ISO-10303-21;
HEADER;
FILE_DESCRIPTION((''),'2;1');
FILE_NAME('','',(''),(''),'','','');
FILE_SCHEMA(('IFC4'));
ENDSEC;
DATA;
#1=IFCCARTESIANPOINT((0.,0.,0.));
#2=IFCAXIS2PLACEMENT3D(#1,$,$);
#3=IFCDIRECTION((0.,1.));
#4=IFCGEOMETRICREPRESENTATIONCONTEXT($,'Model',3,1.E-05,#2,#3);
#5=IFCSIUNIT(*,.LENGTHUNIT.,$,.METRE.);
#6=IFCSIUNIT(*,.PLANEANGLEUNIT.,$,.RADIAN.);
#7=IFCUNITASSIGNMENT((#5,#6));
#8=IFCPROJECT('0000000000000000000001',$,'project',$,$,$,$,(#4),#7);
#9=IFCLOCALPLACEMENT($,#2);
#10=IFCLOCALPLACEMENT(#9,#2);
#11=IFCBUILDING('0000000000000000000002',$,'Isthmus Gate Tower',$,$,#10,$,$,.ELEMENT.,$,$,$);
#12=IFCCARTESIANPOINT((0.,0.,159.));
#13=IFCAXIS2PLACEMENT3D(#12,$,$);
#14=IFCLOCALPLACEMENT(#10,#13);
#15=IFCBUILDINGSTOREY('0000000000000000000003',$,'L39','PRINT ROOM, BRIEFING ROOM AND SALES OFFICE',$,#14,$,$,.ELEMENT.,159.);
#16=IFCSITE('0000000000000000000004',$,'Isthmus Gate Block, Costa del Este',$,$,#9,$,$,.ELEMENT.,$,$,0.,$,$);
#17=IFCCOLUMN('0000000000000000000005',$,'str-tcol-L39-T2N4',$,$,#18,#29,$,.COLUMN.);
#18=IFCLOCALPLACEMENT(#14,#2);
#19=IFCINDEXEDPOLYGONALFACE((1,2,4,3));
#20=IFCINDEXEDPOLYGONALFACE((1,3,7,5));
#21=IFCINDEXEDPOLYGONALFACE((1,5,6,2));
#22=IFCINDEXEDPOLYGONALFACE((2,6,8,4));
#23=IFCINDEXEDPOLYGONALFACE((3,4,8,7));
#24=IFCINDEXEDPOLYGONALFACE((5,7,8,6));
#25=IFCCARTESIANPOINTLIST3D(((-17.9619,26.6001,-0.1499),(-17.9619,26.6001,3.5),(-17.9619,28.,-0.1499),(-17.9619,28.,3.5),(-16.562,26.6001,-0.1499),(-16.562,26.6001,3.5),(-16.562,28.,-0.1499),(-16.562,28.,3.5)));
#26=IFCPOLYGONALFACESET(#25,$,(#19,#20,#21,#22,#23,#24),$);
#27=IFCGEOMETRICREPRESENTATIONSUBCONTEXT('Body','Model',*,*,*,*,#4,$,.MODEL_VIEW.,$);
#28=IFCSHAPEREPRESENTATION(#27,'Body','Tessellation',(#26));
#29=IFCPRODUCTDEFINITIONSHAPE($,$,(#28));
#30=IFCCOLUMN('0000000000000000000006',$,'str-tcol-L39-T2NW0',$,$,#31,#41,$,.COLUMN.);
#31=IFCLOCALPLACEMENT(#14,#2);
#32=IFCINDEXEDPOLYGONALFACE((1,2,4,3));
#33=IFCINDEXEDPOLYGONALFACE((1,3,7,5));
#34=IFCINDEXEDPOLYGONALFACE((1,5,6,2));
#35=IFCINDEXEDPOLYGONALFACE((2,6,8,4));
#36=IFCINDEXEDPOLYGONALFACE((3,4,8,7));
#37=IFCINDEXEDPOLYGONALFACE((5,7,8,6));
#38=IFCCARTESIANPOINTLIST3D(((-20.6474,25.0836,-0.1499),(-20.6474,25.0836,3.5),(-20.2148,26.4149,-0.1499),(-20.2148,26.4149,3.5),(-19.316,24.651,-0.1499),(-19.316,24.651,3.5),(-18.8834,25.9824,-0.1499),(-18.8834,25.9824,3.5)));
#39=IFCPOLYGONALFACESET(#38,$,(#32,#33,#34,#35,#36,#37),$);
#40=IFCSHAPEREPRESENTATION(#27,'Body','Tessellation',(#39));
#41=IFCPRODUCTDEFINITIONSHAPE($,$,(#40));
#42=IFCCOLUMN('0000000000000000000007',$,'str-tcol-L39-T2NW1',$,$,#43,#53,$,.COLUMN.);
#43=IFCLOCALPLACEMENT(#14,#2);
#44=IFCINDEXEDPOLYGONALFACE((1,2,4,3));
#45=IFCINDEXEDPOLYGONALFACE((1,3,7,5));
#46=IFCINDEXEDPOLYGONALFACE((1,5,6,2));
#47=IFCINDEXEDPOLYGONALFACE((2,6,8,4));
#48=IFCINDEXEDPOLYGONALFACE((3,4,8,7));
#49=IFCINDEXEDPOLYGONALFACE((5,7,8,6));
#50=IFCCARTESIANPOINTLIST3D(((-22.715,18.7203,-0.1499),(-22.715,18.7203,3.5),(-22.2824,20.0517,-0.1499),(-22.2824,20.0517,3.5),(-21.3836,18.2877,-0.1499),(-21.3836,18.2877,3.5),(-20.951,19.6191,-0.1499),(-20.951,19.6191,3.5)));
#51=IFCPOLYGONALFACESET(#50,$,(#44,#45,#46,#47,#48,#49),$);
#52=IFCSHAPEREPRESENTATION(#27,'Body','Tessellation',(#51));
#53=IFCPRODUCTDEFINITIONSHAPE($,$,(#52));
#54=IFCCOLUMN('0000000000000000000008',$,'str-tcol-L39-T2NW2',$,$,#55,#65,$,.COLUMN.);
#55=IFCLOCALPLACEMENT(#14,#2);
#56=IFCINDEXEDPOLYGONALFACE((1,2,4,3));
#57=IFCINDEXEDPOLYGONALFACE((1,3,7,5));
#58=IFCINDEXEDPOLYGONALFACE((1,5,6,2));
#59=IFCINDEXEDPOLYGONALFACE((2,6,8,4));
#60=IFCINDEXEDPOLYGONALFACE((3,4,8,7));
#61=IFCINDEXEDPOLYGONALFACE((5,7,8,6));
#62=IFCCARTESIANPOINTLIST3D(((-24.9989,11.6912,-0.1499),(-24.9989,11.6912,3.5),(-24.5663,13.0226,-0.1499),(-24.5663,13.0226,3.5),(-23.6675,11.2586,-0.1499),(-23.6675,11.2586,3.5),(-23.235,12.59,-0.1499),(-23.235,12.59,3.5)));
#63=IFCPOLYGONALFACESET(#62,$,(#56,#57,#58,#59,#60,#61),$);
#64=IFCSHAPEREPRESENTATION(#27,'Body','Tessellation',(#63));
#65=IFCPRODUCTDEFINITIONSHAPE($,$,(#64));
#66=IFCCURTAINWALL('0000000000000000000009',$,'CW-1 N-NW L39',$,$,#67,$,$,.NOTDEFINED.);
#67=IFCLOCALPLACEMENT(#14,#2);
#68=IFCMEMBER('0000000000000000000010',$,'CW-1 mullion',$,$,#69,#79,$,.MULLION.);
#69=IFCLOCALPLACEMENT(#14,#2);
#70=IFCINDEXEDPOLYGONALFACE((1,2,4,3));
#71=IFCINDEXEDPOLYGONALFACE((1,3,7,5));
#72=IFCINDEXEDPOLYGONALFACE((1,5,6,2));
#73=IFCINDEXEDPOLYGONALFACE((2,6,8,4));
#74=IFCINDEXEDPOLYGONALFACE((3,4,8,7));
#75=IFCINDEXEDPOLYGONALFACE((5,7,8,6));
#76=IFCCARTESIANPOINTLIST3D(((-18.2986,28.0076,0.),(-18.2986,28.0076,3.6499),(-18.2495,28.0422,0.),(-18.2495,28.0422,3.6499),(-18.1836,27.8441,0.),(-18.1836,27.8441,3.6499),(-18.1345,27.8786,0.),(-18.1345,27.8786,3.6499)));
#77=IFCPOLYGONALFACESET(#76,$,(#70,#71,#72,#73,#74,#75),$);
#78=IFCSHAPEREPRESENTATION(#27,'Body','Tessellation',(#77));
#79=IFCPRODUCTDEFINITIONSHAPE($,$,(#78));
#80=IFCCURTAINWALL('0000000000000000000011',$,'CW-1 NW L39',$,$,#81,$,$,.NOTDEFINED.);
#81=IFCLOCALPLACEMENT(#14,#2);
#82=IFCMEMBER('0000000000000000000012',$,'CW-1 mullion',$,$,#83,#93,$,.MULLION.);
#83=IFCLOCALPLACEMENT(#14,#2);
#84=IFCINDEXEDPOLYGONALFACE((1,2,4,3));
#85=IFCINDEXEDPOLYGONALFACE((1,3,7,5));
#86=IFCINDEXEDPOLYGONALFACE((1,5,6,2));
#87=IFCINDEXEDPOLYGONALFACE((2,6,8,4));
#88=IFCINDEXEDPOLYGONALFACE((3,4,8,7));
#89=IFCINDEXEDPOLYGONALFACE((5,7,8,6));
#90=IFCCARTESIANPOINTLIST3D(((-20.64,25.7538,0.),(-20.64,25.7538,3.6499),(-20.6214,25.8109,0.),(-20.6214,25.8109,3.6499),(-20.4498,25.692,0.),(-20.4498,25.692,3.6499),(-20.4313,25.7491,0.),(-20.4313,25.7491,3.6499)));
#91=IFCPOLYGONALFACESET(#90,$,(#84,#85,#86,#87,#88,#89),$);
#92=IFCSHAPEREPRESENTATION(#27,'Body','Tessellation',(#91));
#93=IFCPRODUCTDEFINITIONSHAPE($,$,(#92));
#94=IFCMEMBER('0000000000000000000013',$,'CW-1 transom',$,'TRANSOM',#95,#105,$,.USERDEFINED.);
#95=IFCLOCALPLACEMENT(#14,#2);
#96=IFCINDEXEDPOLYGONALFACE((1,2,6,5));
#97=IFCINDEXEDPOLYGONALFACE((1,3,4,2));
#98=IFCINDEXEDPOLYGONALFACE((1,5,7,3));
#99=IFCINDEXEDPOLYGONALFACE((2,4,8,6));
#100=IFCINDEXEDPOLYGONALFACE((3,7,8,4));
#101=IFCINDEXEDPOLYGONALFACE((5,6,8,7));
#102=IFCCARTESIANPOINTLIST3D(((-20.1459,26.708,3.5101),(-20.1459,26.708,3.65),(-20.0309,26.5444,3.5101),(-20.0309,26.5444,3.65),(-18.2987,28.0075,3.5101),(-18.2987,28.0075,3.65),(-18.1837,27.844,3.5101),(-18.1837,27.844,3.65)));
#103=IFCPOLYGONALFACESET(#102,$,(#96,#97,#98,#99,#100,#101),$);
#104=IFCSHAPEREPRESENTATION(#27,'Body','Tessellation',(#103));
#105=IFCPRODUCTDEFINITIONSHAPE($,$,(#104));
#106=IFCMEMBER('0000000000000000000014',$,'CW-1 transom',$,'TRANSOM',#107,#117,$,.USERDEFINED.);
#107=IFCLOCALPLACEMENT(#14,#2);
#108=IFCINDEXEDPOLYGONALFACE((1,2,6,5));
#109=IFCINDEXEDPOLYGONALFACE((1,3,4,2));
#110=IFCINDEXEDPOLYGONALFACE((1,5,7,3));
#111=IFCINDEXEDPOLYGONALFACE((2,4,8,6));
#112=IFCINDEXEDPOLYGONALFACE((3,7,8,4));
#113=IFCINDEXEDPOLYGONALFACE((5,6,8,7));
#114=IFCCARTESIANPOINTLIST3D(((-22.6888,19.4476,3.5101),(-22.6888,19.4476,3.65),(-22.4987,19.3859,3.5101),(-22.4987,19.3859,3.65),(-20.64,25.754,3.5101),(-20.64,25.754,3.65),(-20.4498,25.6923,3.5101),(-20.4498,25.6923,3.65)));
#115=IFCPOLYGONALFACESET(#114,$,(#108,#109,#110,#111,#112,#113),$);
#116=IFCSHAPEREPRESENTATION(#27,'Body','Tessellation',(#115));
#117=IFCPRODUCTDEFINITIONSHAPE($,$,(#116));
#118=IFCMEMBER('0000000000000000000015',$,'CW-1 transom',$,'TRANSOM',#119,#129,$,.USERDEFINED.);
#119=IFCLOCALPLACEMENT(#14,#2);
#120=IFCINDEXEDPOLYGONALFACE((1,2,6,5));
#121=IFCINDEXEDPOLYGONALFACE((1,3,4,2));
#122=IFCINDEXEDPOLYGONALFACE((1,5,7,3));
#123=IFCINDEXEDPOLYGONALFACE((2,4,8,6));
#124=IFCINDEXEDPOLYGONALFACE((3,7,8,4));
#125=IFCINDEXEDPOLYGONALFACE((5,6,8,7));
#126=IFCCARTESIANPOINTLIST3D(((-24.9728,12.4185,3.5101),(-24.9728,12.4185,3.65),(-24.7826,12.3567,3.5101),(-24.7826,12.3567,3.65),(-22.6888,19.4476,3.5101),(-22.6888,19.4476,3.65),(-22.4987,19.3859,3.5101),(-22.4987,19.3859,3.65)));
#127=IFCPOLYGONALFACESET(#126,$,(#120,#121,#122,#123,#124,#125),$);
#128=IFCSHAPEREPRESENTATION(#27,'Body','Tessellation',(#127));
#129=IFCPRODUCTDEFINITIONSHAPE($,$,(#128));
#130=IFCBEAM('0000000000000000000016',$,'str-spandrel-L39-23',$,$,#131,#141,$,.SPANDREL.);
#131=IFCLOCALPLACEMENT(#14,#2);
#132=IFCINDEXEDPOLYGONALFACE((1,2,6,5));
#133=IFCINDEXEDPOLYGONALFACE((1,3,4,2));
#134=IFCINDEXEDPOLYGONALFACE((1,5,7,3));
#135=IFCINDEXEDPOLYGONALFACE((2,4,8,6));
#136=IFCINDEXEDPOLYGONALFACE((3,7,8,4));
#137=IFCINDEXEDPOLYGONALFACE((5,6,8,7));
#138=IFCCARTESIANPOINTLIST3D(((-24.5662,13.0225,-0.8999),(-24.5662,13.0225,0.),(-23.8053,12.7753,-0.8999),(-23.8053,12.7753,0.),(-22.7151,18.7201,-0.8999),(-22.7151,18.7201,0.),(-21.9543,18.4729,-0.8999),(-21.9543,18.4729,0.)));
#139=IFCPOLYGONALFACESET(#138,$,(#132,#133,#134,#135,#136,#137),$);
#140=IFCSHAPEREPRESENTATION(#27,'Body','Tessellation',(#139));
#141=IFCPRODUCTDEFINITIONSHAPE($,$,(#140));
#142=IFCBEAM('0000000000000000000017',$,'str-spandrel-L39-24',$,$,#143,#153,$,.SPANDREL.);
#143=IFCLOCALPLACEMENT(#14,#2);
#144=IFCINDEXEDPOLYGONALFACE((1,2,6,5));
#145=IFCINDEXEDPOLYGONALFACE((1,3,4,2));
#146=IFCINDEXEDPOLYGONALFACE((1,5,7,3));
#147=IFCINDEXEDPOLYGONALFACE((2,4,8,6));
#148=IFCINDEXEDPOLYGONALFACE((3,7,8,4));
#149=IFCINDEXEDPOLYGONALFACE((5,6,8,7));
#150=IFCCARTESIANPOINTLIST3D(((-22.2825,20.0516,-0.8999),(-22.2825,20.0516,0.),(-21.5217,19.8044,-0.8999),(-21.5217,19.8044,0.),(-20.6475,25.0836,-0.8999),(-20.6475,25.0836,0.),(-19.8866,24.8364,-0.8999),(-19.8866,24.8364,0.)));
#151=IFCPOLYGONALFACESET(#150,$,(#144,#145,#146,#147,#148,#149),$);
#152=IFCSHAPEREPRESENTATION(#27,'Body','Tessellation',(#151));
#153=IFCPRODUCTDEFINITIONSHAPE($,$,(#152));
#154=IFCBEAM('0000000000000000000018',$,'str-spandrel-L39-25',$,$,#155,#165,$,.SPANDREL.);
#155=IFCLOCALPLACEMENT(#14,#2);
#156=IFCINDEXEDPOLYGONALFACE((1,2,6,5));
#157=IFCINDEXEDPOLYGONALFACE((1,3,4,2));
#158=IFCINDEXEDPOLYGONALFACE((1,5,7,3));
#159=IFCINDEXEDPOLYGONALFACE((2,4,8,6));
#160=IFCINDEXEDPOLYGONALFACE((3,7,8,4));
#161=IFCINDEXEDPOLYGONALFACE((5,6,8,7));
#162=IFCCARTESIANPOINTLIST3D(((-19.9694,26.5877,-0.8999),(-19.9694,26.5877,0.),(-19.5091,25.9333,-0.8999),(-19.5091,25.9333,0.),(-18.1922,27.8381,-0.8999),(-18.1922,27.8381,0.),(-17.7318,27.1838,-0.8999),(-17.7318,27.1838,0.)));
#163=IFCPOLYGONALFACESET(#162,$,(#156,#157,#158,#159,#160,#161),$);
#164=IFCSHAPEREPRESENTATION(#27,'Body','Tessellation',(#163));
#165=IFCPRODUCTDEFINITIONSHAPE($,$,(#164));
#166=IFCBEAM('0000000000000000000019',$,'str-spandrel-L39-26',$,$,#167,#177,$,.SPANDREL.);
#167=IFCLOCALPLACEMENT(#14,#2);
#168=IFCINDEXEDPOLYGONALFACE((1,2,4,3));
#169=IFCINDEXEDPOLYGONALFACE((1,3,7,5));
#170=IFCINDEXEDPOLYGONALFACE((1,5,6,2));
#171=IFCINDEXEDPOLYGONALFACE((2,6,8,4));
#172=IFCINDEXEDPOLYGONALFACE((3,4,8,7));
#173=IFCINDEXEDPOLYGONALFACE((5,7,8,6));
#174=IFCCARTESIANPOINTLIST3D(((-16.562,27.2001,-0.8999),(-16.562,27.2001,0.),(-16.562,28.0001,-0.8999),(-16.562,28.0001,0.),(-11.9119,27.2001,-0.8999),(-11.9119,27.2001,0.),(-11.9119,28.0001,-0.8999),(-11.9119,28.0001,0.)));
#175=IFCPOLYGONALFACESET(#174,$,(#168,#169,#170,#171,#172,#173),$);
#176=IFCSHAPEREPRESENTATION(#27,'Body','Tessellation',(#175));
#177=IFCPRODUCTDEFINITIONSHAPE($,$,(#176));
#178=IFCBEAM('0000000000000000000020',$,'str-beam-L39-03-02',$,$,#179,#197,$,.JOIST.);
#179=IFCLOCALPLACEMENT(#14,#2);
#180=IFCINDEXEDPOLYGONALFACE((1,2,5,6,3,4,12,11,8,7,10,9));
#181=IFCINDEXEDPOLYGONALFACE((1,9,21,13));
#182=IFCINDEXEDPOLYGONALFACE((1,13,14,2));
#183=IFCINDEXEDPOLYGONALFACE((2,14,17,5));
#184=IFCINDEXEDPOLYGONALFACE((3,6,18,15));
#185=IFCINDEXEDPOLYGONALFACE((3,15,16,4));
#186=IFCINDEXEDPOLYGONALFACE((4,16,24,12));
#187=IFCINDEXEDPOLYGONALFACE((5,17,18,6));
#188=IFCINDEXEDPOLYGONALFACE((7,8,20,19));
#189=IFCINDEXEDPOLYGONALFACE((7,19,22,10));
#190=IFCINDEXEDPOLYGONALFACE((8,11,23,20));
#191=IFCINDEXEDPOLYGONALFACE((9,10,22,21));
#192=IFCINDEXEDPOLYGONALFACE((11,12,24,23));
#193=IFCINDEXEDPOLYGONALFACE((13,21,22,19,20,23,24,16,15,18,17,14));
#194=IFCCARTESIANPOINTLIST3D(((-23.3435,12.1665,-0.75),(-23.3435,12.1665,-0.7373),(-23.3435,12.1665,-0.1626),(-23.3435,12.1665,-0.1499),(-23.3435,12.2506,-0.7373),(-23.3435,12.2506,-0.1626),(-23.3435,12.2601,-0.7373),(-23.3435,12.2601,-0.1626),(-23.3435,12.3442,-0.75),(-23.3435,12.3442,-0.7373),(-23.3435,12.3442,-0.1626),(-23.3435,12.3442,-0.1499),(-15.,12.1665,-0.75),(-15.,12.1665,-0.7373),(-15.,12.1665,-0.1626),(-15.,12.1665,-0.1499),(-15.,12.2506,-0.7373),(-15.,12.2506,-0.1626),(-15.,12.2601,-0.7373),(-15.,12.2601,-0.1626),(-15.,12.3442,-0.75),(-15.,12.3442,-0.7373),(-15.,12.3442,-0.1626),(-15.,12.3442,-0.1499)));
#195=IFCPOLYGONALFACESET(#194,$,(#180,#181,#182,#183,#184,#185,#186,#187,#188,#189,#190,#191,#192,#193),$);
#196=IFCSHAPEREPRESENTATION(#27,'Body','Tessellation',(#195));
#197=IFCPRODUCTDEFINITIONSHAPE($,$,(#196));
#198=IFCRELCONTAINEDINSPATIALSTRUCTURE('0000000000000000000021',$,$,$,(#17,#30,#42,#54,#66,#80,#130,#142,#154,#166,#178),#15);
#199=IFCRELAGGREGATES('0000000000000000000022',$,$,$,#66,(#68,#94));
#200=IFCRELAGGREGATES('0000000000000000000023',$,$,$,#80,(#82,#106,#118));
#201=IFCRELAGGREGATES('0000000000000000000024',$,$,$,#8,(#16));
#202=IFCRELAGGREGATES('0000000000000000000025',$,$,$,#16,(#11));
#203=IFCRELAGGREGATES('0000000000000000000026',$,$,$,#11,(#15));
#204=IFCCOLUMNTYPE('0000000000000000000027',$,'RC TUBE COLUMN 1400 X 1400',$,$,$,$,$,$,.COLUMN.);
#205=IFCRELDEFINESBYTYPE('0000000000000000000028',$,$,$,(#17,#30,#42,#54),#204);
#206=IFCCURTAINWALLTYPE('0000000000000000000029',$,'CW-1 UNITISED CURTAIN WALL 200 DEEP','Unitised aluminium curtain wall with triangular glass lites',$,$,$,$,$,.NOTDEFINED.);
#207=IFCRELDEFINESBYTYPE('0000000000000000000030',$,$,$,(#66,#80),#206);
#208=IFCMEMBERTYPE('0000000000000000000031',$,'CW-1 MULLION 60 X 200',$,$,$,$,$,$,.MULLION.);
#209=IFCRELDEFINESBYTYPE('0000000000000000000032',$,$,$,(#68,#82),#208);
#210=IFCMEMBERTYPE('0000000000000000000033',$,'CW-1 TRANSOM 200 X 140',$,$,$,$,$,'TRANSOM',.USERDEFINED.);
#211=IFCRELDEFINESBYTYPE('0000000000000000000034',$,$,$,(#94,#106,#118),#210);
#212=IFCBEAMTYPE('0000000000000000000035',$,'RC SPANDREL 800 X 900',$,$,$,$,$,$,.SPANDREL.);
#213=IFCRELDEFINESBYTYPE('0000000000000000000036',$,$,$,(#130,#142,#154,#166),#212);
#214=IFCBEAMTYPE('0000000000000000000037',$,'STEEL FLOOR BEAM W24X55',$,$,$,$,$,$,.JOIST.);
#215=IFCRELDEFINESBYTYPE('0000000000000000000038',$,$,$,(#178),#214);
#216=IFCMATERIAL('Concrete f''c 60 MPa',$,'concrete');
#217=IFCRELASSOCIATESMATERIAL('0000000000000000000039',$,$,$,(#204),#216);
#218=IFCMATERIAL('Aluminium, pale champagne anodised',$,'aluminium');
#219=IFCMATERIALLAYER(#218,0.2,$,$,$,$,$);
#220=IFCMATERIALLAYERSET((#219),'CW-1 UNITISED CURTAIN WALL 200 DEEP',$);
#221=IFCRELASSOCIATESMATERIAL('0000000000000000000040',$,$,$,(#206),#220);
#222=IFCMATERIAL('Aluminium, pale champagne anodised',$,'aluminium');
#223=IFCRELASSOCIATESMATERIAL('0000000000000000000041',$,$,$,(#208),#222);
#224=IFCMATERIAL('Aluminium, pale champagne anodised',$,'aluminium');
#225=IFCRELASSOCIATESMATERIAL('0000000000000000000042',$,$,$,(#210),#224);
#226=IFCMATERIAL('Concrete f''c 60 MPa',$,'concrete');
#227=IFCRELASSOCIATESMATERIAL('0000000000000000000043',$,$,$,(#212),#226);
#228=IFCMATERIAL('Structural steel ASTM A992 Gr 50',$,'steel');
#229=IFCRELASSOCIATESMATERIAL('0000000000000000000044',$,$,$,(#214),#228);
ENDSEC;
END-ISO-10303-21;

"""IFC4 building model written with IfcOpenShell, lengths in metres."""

from ifc_helpers import new_model, si_unit, direction, frame, origin, origin_2d, place, context, subcontext, project, spatial, rectangle, i_section, extrude, material, layer, layer_set, material_profile, profile_set, type_object, element, aggregate, save


model = new_model("IFC4")

# Units and contexts
model_context = context("Model", 3, precision=1e-05, world=origin(), true_north=direction((0.0, 1.0)))
body_context = subcontext(model_context, "Body", "Model", "MODEL_VIEW")
ifc_project = project(units=[si_unit("LENGTHUNIT", "METRE"), si_unit("PLANEANGLEUNIT", "RADIAN")], contexts=[model_context])

# Site, building, storey
site_placement = place(None, origin())
site = spatial("IfcSite", under=ifc_project, at=site_placement, Name="Isthmus Gate Block, Costa del Este", CompositionType="ELEMENT", RefElevation=0.0)
building_placement = place(site_placement, origin())
building = spatial("IfcBuilding", under=site, at=building_placement, Name="Isthmus Gate Tower", CompositionType="ELEMENT")
storey_placement = place(building_placement, frame((0.0, 0.0, 159.0)))
storey = spatial("IfcBuildingStorey", under=building, at=storey_placement, Name="L39", Description="PRINT ROOM, BRIEFING ROOM AND SALES OFFICE", CompositionType="ELEMENT", Elevation=159.0)

# Columns
ifc_material_1 = material(Name="Concrete f'c 60 MPa", Category="concrete")
ifc_material_profile_1 = material_profile(ifc_material_1, rectangle(XDim=1.3999, YDim=1.3999, at=origin_2d()), Name="RC 1400X1400")
ifc_profile_set_1 = profile_set([ifc_material_profile_1], Name="Concrete f'c 60 MPa")
column_type = type_object("IfcColumnType", Name="RC TUBE COLUMN 1400 X 1400", PredefinedType="COLUMN", material=ifc_profile_set_1)
for number, where, z_axis, x_axis, name in (
    (1, (-17.262, 27.3, -0.1499), (0.0, 0.0, 1.0), (-1.0, 0.0, 0.0), "str-tcol-L39-T2N4"),
    (2, (-19.7654, 25.533, -0.1499), (0.0, 0.0, 1.0), (-0.309017, -0.951057, 0.0), "str-tcol-L39-T2NW0"),
    (3, (-21.833, 19.1697, -0.1499), (0.0, 0.0, 1.0), (-0.309017, -0.951057, 0.0), "str-tcol-L39-T2NW1"),
    (4, (-24.1169, 12.1406, -0.1499), (0.0, 0.0, 1.0), (-0.309017, -0.951057, 0.0), "str-tcol-L39-T2NW2"),
):
    element("IfcColumn", number, at=place(storey_placement, frame(where, z_axis=z_axis, x_axis=x_axis)), inside=storey, type_object=column_type, Name=name, PredefinedType="COLUMN", context=body_context, shape_type="SweptSolid", body=[
        extrude(rectangle(XDim=1.3999, YDim=1.3999, at=origin_2d()), origin(), (0.0, 0.0, 1.0), 3.6499),
    ])

# Curtain walls, members
ifc_material_2 = material(Name="Aluminium, pale champagne anodised", Category="aluminium")
ifc_layer_1 = layer(ifc_material_2, 0.2)
ifc_layer_set_1 = layer_set([ifc_layer_1], Name="CW-1 UNITISED CURTAIN WALL 200 DEEP")
curtain_wall_type = type_object("IfcCurtainWallType", Name="CW-1 UNITISED CURTAIN WALL 200 DEEP", Description="Unitised aluminium curtain wall with triangular glass lites", PredefinedType="NOTDEFINED", material=ifc_layer_set_1)
curtain_wall_1_placement = place(storey_placement, origin())
curtain_wall_1 = element("IfcCurtainWall", 5, at=curtain_wall_1_placement, inside=storey, type_object=curtain_wall_type, Name="CW-1 N-NW L39", PredefinedType="NOTDEFINED")
ifc_material_3 = material(Name="Aluminium, pale champagne anodised", Category="aluminium")
ifc_material_profile_2 = material_profile(ifc_material_3, rectangle(XDim=0.0601, YDim=0.2, at=origin_2d()), Name="60x200")
ifc_profile_set_2 = profile_set([ifc_material_profile_2], Name="Aluminium, pale champagne anodised")
member_type_1 = type_object("IfcMemberType", Name="CW-1 MULLION 60 X 200", PredefinedType="MULLION", material=ifc_profile_set_2)
member_1_placement = place(storey_placement, frame((-18.2166, 27.9431, 0.0), z_axis=(0.0, 0.0, 1.0), x_axis=(-0.81786, -0.575418, 0.0)))
member_1 = element("IfcMember", 6, at=member_1_placement, type_object=member_type_1, Name="CW-1 mullion", PredefinedType="MULLION", context=body_context, shape_type="SweptSolid", body=[
    extrude(rectangle(XDim=0.0601, YDim=0.2, at=origin_2d()), origin(), (0.0, 0.0, 1.0), 3.6499),
])
curtain_wall_2_placement = place(storey_placement, origin())
curtain_wall_2 = element("IfcCurtainWall", 7, at=curtain_wall_2_placement, inside=storey, type_object=curtain_wall_type, Name="CW-1 NW L39", PredefinedType="NOTDEFINED")
member_2_placement = place(storey_placement, frame((-20.5356, 25.7515, 0.0), z_axis=(0.0, 0.0, 1.0), x_axis=(-0.309017, -0.951057, 0.0)))
member_2 = element("IfcMember", 8, at=member_2_placement, type_object=member_type_1, Name="CW-1 mullion", PredefinedType="MULLION", context=body_context, shape_type="SweptSolid", body=[
    extrude(rectangle(XDim=0.0601, YDim=0.2, at=origin_2d()), origin(), (0.0, 0.0, 1.0), 3.6499),
])

# Members
ifc_material_4 = material(Name="Aluminium, pale champagne anodised", Category="aluminium")
ifc_material_profile_3 = material_profile(ifc_material_4, rectangle(XDim=0.2, YDim=0.1399, at=origin_2d()), Name="200x140")
ifc_profile_set_3 = profile_set([ifc_material_profile_3], Name="Aluminium, pale champagne anodised")
member_type_2 = type_object("IfcMemberType", Name="CW-1 TRANSOM 200 X 140", ElementType="TRANSOM", PredefinedType="USERDEFINED", material=ifc_profile_set_3)
member_3_placement = place(storey_placement, frame((-18.2412, 27.9258, 3.5801), z_axis=(-0.817869, -0.575405, 0.0), x_axis=(0.575405, -0.817869, 0.0)))
member_3 = element("IfcMember", 9, at=member_3_placement, type_object=member_type_2, Name="CW-1 transom", ObjectType="TRANSOM", PredefinedType="USERDEFINED", context=body_context, shape_type="SweptSolid", body=[
    extrude(rectangle(XDim=0.2, YDim=0.1399, at=origin_2d()), origin(), (0.0, 0.0, 1.0), 2.2585),
])
member_4_placement = place(storey_placement, frame((-20.5449, 25.7231, 3.5801), z_axis=(-0.308984, -0.951067, 0.0), x_axis=(0.951067, -0.308984, 0.0)))
member_4 = element("IfcMember", 10, at=member_4_placement, type_object=member_type_2, Name="CW-1 transom", ObjectType="TRANSOM", PredefinedType="USERDEFINED", context=body_context, shape_type="SweptSolid", body=[
    extrude(rectangle(XDim=0.2, YDim=0.1399, at=origin_2d()), origin(), (0.0, 0.0, 1.0), 6.6309),
])
member_5_placement = place(storey_placement, frame((-22.5938, 19.4167, 3.5801), z_axis=(-0.309024, -0.951054, 0.0), x_axis=(0.951054, -0.309024, 0.0)))
member_5 = element("IfcMember", 11, at=member_5_placement, type_object=member_type_2, Name="CW-1 transom", ObjectType="TRANSOM", PredefinedType="USERDEFINED", context=body_context, shape_type="SweptSolid", body=[
    extrude(rectangle(XDim=0.2, YDim=0.1399, at=origin_2d()), origin(), (0.0, 0.0, 1.0), 7.3909),
])

# Beams
ifc_material_5 = material(Name="Concrete f'c 60 MPa", Category="concrete")
ifc_material_profile_4 = material_profile(ifc_material_5, rectangle(XDim=0.8, YDim=0.8999, at=origin_2d()), Name="RC 800X900")
ifc_profile_set_4 = profile_set([ifc_material_profile_4], Name="Concrete f'c 60 MPa")
beam_type_1 = type_object("IfcBeamType", Name="RC SPANDREL 800 X 900", PredefinedType="SPANDREL", material=ifc_profile_set_4)
beam_1_placement = place(storey_placement, frame((-24.1858, 12.8989, -0.45), z_axis=(0.308993, 0.951064, 0.0), x_axis=(-0.951064, 0.308993, 0.0)))
element("IfcBeam", 12, at=beam_1_placement, inside=storey, type_object=beam_type_1, Name="str-spandrel-L39-23", PredefinedType="SPANDREL", context=body_context, shape_type="SweptSolid", body=[
    extrude(rectangle(XDim=0.8, YDim=0.8999, at=origin_2d()), origin(), (0.0, 0.0, 1.0), 5.9907),
])
beam_2_placement = place(storey_placement, frame((-21.9021, 19.928, -0.45), z_axis=(0.30902, 0.951055, 0.0), x_axis=(-0.951055, 0.30902, 0.0)))
element("IfcBeam", 13, at=beam_2_placement, inside=storey, type_object=beam_type_1, Name="str-spandrel-L39-24", PredefinedType="SPANDREL", context=body_context, shape_type="SweptSolid", body=[
    extrude(rectangle(XDim=0.8, YDim=0.8999, at=origin_2d()), origin(), (0.0, 0.0, 1.0), 5.291),
])
beam_3_placement = place(storey_placement, frame((-19.7393, 26.2605, -0.45), z_axis=(0.817857, 0.575421, 0.0), x_axis=(-0.575421, 0.817857, 0.0)))
element("IfcBeam", 14, at=beam_3_placement, inside=storey, type_object=beam_type_1, Name="str-spandrel-L39-25", PredefinedType="SPANDREL", context=body_context, shape_type="SweptSolid", body=[
    extrude(rectangle(XDim=0.8, YDim=0.8999, at=origin_2d()), origin(), (0.0, 0.0, 1.0), 2.1731),
])
beam_4_placement = place(storey_placement, frame((-16.562, 27.6001, -0.45), z_axis=(1.0, 0.0, 0.0), x_axis=(0.0, 1.0, 0.0)))
element("IfcBeam", 15, at=beam_4_placement, inside=storey, type_object=beam_type_1, Name="str-spandrel-L39-26", PredefinedType="SPANDREL", context=body_context, shape_type="SweptSolid", body=[
    extrude(rectangle(XDim=0.8, YDim=0.8999, at=origin_2d()), origin(), (0.0, 0.0, 1.0), 4.6501),
])
ifc_material_6 = material(Name="Structural steel ASTM A992 Gr 50", Category="steel")
ifc_material_profile_5 = material_profile(ifc_material_6, i_section(OverallWidth=0.1777, OverallDepth=0.6001, WebThickness=0.0095, FlangeThickness=0.0127, at=origin_2d()), Name="W24X55")
ifc_profile_set_5 = profile_set([ifc_material_profile_5], Name="Structural steel ASTM A992 Gr 50")
beam_type_2 = type_object("IfcBeamType", Name="STEEL FLOOR BEAM W24X55", PredefinedType="JOIST", material=ifc_profile_set_5)
beam_5_placement = place(storey_placement, frame((-23.3435, 12.2554, -0.45), z_axis=(1.0, 0.0, 0.0), x_axis=(0.0, 1.0, 0.0)))
element("IfcBeam", 16, at=beam_5_placement, inside=storey, type_object=beam_type_2, Name="str-beam-L39-03-02", PredefinedType="JOIST", context=body_context, shape_type="SweptSolid", body=[
    extrude(i_section(OverallWidth=0.1777, OverallDepth=0.6001, WebThickness=0.0095, FlangeThickness=0.0127, at=origin_2d()), origin(), (0.0, 0.0, 1.0), 8.3435),
])

aggregate(curtain_wall_1, [member_1, member_3])

aggregate(curtain_wall_2, [member_2, member_4, member_5])

save(model, "model.ifc")
